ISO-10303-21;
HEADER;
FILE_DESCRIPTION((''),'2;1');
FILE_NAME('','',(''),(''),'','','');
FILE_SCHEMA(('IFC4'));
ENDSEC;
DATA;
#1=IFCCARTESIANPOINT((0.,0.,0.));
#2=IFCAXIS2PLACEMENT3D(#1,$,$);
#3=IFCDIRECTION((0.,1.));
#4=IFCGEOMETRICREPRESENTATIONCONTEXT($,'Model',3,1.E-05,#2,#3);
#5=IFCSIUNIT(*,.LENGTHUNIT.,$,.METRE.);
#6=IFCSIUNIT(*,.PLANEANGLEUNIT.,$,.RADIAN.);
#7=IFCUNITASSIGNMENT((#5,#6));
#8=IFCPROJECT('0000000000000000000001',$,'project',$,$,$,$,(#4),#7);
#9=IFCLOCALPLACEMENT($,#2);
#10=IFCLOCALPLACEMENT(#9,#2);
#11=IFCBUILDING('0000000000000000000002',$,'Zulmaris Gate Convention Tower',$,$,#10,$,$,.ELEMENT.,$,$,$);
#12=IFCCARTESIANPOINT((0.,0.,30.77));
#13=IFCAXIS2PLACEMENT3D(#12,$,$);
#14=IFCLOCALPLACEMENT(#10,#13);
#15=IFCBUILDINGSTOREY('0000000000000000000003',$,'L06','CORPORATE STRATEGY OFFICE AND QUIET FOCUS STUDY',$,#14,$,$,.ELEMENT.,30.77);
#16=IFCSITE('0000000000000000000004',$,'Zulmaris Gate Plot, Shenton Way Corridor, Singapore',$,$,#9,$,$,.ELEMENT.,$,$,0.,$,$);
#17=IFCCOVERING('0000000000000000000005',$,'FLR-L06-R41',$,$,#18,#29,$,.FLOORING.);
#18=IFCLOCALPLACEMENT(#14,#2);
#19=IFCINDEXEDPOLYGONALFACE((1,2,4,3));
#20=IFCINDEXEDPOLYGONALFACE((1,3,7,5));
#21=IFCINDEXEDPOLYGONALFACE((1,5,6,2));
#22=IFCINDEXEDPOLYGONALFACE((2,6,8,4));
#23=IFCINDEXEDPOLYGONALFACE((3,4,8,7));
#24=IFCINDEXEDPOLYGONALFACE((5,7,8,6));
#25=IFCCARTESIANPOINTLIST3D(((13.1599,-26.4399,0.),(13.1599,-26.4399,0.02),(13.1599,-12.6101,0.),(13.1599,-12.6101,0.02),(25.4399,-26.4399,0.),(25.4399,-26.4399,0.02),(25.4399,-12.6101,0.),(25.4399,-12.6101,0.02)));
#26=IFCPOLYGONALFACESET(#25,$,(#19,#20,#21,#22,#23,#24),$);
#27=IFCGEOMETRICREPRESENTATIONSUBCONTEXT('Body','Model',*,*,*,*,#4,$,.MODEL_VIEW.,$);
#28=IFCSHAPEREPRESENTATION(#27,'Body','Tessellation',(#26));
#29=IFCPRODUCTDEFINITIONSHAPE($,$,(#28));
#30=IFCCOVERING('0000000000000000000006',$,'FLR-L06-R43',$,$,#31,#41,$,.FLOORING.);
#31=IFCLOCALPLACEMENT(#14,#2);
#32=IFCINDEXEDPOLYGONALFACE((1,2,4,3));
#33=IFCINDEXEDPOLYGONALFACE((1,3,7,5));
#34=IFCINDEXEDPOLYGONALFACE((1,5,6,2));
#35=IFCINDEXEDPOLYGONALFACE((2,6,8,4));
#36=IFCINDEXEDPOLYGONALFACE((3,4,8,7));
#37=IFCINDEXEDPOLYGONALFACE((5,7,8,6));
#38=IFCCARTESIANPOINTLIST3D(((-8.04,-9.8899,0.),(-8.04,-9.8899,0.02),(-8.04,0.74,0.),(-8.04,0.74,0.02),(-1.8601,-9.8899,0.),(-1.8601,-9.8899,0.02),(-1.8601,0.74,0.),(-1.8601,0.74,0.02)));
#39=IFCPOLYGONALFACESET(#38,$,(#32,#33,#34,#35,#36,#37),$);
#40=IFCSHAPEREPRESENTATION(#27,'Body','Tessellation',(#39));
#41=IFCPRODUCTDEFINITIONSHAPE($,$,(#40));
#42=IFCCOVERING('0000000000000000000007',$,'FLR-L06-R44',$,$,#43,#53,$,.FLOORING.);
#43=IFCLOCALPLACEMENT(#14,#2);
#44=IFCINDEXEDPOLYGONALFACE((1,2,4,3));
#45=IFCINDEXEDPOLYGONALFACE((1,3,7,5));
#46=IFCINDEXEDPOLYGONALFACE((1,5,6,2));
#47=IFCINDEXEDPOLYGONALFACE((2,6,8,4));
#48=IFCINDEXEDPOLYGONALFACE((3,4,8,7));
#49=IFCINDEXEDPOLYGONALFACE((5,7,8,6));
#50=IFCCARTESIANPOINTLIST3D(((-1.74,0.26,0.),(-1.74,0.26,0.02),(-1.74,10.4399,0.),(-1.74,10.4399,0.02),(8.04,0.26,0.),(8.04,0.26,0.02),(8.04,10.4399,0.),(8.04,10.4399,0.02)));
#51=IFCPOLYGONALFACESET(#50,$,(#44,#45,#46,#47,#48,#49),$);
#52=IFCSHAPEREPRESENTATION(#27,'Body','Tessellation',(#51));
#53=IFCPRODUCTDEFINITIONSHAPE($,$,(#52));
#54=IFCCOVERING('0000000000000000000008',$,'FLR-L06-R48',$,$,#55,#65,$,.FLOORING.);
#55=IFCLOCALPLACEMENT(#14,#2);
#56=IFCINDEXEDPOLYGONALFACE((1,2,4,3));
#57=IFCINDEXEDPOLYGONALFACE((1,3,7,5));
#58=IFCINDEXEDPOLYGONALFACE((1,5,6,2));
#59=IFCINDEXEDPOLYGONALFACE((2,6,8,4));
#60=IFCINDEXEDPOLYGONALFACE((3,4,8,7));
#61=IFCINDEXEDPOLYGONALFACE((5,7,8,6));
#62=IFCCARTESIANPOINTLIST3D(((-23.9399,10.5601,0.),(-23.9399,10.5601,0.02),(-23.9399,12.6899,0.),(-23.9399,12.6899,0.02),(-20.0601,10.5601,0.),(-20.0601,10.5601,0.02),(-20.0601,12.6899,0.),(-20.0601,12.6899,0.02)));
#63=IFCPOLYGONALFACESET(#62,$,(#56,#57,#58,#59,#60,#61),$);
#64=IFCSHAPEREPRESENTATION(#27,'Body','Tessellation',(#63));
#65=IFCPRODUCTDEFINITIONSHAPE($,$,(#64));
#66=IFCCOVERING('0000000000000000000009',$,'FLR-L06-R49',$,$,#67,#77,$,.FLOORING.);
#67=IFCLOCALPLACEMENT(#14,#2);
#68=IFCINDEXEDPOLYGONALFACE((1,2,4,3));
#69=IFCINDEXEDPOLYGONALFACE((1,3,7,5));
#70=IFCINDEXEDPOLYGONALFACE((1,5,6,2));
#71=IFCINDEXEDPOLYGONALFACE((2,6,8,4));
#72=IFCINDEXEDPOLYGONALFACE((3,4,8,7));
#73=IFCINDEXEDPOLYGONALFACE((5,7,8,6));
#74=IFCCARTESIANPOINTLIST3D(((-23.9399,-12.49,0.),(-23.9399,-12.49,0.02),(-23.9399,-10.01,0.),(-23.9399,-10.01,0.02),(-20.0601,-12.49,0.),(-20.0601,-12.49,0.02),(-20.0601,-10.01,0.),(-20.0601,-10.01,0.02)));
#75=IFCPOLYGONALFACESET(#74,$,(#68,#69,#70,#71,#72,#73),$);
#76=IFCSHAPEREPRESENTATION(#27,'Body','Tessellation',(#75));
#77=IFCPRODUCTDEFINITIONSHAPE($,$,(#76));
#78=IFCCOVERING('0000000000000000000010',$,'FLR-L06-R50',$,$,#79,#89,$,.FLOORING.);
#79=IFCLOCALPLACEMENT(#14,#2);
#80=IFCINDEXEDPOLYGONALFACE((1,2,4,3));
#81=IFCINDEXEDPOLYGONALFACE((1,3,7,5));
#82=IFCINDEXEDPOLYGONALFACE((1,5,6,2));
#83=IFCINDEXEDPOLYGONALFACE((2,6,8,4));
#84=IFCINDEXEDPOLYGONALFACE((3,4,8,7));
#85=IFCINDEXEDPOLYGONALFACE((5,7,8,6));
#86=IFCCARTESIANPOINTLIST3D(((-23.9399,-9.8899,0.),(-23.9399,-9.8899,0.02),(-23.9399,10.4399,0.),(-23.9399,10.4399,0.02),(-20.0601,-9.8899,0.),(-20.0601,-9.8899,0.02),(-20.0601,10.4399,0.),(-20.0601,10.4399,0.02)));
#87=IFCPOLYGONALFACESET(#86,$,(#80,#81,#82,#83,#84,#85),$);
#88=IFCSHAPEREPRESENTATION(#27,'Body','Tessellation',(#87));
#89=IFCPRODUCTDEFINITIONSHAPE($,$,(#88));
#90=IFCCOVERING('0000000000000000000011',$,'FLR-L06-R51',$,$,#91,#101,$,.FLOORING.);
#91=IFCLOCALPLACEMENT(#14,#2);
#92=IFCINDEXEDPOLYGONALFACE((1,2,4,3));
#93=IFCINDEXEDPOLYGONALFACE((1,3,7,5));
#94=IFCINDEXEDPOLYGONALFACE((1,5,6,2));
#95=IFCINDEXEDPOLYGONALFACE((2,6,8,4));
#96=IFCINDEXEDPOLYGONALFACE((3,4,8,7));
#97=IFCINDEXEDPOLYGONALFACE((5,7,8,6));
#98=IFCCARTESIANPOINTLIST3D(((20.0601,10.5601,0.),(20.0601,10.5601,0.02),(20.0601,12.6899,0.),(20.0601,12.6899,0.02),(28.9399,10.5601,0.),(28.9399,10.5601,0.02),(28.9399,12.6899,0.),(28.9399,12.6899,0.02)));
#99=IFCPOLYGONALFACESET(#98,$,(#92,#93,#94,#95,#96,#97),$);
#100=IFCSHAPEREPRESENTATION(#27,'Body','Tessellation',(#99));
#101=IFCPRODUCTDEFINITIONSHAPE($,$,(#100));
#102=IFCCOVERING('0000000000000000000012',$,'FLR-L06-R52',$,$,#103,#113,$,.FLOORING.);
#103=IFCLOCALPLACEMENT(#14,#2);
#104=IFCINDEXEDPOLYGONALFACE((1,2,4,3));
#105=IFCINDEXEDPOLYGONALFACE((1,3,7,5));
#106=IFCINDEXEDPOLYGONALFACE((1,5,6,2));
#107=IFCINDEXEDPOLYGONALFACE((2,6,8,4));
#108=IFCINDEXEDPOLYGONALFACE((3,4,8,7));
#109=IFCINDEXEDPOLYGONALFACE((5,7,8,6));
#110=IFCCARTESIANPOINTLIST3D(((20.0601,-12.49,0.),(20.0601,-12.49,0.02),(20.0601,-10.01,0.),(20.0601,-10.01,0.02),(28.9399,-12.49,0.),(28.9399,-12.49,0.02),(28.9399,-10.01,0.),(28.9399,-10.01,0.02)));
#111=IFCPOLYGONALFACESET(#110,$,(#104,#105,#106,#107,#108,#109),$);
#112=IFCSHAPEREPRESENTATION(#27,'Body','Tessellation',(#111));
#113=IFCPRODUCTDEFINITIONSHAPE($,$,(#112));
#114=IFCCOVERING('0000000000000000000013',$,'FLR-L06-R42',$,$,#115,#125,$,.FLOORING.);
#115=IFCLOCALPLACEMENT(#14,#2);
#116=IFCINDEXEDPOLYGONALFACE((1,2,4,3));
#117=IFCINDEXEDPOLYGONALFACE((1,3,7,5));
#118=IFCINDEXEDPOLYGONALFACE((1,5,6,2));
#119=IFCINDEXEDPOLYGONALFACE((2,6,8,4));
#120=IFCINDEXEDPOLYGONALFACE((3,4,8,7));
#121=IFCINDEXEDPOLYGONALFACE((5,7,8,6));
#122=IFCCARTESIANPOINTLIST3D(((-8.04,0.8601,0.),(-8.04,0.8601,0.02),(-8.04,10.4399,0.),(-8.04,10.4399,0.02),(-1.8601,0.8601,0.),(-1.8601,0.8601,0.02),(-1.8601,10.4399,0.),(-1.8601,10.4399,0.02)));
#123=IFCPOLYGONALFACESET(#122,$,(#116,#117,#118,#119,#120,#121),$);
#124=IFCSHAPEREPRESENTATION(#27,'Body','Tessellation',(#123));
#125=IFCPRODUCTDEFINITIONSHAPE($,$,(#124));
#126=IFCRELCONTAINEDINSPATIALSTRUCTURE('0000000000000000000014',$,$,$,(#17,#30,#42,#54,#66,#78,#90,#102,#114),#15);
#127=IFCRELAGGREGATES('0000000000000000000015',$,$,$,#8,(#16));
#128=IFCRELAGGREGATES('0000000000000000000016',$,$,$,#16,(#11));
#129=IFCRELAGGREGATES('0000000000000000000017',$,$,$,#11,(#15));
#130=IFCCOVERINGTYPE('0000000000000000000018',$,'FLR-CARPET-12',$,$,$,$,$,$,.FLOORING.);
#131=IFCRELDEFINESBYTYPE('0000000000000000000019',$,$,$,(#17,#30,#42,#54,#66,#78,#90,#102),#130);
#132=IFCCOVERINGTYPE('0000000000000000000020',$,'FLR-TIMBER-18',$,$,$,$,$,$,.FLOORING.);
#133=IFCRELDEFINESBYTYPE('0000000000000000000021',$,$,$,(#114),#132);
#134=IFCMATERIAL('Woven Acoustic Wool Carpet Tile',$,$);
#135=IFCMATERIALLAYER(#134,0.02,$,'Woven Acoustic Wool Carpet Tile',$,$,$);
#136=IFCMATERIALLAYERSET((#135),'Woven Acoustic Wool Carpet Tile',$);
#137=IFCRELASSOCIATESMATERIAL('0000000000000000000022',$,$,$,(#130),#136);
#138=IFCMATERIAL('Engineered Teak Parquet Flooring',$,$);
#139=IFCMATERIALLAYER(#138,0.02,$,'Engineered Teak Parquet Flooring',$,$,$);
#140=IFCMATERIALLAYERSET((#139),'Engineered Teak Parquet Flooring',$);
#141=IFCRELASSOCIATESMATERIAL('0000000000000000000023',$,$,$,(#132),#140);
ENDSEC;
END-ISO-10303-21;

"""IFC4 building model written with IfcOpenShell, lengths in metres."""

from ifc_helpers import new_model, si_unit, direction, frame, origin, place, context, subcontext, project, spatial, polyline, outline, extrude, material, layer, layer_set, type_object, element, save


model = new_model("IFC4")

# Units and contexts
model_context = context("Model", 3, precision=1e-05, world=origin(), true_north=direction((0.0, 1.0)))
body_context = subcontext(model_context, "Body", "Model", "MODEL_VIEW")
ifc_project = project(units=[si_unit("LENGTHUNIT", "METRE"), si_unit("PLANEANGLEUNIT", "RADIAN")], contexts=[model_context])

# Site, building, storey
site_placement = place(None, origin())
site = spatial("IfcSite", under=ifc_project, at=site_placement, Name="Zulmaris Gate Plot, Shenton Way Corridor, Singapore", CompositionType="ELEMENT", RefElevation=0.0)
building_placement = place(site_placement, origin())
building = spatial("IfcBuilding", under=site, at=building_placement, Name="Zulmaris Gate Convention Tower", CompositionType="ELEMENT")
storey_placement = place(building_placement, frame((0.0, 0.0, 30.77)))
storey = spatial("IfcBuildingStorey", under=building, at=storey_placement, Name="L06", Description="CORPORATE STRATEGY OFFICE AND QUIET FOCUS STUDY", CompositionType="ELEMENT", Elevation=30.77)

# Coverings
ifc_material_1 = material(Name="Woven Acoustic Wool Carpet Tile")
ifc_layer_1 = layer(ifc_material_1, 0.02, Name="Woven Acoustic Wool Carpet Tile")
ifc_layer_set_1 = layer_set([ifc_layer_1], Name="Woven Acoustic Wool Carpet Tile")
covering_type_1 = type_object("IfcCoveringType", Name="FLR-CARPET-12", PredefinedType="FLOORING", material=ifc_layer_set_1)
covering_1_placement = place(storey_placement, origin())
element("IfcCovering", 1, at=covering_1_placement, inside=storey, type_object=covering_type_1, Name="FLR-L06-R41", PredefinedType="FLOORING", context=body_context, shape_type="SweptSolid", body=[
    extrude(outline(polyline([(13.1599, -26.4399), (25.4399, -26.4399), (25.4399, -12.6101), (13.1599, -12.6101), (13.1599, -26.4399)])), origin(), (0.0, 0.0, 1.0), 0.02),
])
covering_2_placement = place(storey_placement, origin())
element("IfcCovering", 2, at=covering_2_placement, inside=storey, type_object=covering_type_1, Name="FLR-L06-R43", PredefinedType="FLOORING", context=body_context, shape_type="SweptSolid", body=[
    extrude(outline(polyline([(-8.04, -9.8899), (-1.8601, -9.8899), (-1.8601, 0.74), (-8.04, 0.74), (-8.04, -9.8899)])), origin(), (0.0, 0.0, 1.0), 0.02),
])
covering_3_placement = place(storey_placement, origin())
element("IfcCovering", 3, at=covering_3_placement, inside=storey, type_object=covering_type_1, Name="FLR-L06-R44", PredefinedType="FLOORING", context=body_context, shape_type="SweptSolid", body=[
    extrude(outline(polyline([(-1.74, 0.26), (8.04, 0.26), (8.04, 10.4399), (-1.74, 10.4399), (-1.74, 0.26)])), origin(), (0.0, 0.0, 1.0), 0.02),
])
covering_4_placement = place(storey_placement, origin())
element("IfcCovering", 4, at=covering_4_placement, inside=storey, type_object=covering_type_1, Name="FLR-L06-R48", PredefinedType="FLOORING", context=body_context, shape_type="SweptSolid", body=[
    extrude(outline(polyline([(-23.9399, 10.5601), (-20.0601, 10.5601), (-20.0601, 12.6899), (-23.9399, 12.6899), (-23.9399, 10.5601)])), origin(), (0.0, 0.0, 1.0), 0.02),
])
covering_5_placement = place(storey_placement, origin())
element("IfcCovering", 5, at=covering_5_placement, inside=storey, type_object=covering_type_1, Name="FLR-L06-R49", PredefinedType="FLOORING", context=body_context, shape_type="SweptSolid", body=[
    extrude(outline(polyline([(-23.9399, -12.49), (-20.0601, -12.49), (-20.0601, -10.01), (-23.9399, -10.01), (-23.9399, -12.49)])), origin(), (0.0, 0.0, 1.0), 0.02),
])
covering_6_placement = place(storey_placement, origin())
element("IfcCovering", 6, at=covering_6_placement, inside=storey, type_object=covering_type_1, Name="FLR-L06-R50", PredefinedType="FLOORING", context=body_context, shape_type="SweptSolid", body=[
    extrude(outline(polyline([(-23.9399, -9.8899), (-20.0601, -9.8899), (-20.0601, 10.4399), (-23.9399, 10.4399), (-23.9399, -9.8899)])), origin(), (0.0, 0.0, 1.0), 0.02),
])
covering_7_placement = place(storey_placement, origin())
element("IfcCovering", 7, at=covering_7_placement, inside=storey, type_object=covering_type_1, Name="FLR-L06-R51", PredefinedType="FLOORING", context=body_context, shape_type="SweptSolid", body=[
    extrude(outline(polyline([(20.0601, 10.5601), (28.9399, 10.5601), (28.9399, 12.6899), (20.0601, 12.6899), (20.0601, 10.5601)])), origin(), (0.0, 0.0, 1.0), 0.02),
])
covering_8_placement = place(storey_placement, origin())
element("IfcCovering", 8, at=covering_8_placement, inside=storey, type_object=covering_type_1, Name="FLR-L06-R52", PredefinedType="FLOORING", context=body_context, shape_type="SweptSolid", body=[
    extrude(outline(polyline([(20.0601, -12.49), (28.9399, -12.49), (28.9399, -10.01), (20.0601, -10.01), (20.0601, -12.49)])), origin(), (0.0, 0.0, 1.0), 0.02),
])
ifc_material_2 = material(Name="Engineered Teak Parquet Flooring")
ifc_layer_2 = layer(ifc_material_2, 0.02, Name="Engineered Teak Parquet Flooring")
ifc_layer_set_2 = layer_set([ifc_layer_2], Name="Engineered Teak Parquet Flooring")
covering_type_2 = type_object("IfcCoveringType", Name="FLR-TIMBER-18", PredefinedType="FLOORING", material=ifc_layer_set_2)
covering_9_placement = place(storey_placement, origin())
element("IfcCovering", 9, at=covering_9_placement, inside=storey, type_object=covering_type_2, Name="FLR-L06-R42", PredefinedType="FLOORING", context=body_context, shape_type="SweptSolid", body=[
    extrude(outline(polyline([(-8.04, 0.8601), (-1.8601, 0.8601), (-1.8601, 10.4399), (-8.04, 10.4399), (-8.04, 0.8601)])), origin(), (0.0, 0.0, 1.0), 0.02),
])

save(model, "model.ifc")
